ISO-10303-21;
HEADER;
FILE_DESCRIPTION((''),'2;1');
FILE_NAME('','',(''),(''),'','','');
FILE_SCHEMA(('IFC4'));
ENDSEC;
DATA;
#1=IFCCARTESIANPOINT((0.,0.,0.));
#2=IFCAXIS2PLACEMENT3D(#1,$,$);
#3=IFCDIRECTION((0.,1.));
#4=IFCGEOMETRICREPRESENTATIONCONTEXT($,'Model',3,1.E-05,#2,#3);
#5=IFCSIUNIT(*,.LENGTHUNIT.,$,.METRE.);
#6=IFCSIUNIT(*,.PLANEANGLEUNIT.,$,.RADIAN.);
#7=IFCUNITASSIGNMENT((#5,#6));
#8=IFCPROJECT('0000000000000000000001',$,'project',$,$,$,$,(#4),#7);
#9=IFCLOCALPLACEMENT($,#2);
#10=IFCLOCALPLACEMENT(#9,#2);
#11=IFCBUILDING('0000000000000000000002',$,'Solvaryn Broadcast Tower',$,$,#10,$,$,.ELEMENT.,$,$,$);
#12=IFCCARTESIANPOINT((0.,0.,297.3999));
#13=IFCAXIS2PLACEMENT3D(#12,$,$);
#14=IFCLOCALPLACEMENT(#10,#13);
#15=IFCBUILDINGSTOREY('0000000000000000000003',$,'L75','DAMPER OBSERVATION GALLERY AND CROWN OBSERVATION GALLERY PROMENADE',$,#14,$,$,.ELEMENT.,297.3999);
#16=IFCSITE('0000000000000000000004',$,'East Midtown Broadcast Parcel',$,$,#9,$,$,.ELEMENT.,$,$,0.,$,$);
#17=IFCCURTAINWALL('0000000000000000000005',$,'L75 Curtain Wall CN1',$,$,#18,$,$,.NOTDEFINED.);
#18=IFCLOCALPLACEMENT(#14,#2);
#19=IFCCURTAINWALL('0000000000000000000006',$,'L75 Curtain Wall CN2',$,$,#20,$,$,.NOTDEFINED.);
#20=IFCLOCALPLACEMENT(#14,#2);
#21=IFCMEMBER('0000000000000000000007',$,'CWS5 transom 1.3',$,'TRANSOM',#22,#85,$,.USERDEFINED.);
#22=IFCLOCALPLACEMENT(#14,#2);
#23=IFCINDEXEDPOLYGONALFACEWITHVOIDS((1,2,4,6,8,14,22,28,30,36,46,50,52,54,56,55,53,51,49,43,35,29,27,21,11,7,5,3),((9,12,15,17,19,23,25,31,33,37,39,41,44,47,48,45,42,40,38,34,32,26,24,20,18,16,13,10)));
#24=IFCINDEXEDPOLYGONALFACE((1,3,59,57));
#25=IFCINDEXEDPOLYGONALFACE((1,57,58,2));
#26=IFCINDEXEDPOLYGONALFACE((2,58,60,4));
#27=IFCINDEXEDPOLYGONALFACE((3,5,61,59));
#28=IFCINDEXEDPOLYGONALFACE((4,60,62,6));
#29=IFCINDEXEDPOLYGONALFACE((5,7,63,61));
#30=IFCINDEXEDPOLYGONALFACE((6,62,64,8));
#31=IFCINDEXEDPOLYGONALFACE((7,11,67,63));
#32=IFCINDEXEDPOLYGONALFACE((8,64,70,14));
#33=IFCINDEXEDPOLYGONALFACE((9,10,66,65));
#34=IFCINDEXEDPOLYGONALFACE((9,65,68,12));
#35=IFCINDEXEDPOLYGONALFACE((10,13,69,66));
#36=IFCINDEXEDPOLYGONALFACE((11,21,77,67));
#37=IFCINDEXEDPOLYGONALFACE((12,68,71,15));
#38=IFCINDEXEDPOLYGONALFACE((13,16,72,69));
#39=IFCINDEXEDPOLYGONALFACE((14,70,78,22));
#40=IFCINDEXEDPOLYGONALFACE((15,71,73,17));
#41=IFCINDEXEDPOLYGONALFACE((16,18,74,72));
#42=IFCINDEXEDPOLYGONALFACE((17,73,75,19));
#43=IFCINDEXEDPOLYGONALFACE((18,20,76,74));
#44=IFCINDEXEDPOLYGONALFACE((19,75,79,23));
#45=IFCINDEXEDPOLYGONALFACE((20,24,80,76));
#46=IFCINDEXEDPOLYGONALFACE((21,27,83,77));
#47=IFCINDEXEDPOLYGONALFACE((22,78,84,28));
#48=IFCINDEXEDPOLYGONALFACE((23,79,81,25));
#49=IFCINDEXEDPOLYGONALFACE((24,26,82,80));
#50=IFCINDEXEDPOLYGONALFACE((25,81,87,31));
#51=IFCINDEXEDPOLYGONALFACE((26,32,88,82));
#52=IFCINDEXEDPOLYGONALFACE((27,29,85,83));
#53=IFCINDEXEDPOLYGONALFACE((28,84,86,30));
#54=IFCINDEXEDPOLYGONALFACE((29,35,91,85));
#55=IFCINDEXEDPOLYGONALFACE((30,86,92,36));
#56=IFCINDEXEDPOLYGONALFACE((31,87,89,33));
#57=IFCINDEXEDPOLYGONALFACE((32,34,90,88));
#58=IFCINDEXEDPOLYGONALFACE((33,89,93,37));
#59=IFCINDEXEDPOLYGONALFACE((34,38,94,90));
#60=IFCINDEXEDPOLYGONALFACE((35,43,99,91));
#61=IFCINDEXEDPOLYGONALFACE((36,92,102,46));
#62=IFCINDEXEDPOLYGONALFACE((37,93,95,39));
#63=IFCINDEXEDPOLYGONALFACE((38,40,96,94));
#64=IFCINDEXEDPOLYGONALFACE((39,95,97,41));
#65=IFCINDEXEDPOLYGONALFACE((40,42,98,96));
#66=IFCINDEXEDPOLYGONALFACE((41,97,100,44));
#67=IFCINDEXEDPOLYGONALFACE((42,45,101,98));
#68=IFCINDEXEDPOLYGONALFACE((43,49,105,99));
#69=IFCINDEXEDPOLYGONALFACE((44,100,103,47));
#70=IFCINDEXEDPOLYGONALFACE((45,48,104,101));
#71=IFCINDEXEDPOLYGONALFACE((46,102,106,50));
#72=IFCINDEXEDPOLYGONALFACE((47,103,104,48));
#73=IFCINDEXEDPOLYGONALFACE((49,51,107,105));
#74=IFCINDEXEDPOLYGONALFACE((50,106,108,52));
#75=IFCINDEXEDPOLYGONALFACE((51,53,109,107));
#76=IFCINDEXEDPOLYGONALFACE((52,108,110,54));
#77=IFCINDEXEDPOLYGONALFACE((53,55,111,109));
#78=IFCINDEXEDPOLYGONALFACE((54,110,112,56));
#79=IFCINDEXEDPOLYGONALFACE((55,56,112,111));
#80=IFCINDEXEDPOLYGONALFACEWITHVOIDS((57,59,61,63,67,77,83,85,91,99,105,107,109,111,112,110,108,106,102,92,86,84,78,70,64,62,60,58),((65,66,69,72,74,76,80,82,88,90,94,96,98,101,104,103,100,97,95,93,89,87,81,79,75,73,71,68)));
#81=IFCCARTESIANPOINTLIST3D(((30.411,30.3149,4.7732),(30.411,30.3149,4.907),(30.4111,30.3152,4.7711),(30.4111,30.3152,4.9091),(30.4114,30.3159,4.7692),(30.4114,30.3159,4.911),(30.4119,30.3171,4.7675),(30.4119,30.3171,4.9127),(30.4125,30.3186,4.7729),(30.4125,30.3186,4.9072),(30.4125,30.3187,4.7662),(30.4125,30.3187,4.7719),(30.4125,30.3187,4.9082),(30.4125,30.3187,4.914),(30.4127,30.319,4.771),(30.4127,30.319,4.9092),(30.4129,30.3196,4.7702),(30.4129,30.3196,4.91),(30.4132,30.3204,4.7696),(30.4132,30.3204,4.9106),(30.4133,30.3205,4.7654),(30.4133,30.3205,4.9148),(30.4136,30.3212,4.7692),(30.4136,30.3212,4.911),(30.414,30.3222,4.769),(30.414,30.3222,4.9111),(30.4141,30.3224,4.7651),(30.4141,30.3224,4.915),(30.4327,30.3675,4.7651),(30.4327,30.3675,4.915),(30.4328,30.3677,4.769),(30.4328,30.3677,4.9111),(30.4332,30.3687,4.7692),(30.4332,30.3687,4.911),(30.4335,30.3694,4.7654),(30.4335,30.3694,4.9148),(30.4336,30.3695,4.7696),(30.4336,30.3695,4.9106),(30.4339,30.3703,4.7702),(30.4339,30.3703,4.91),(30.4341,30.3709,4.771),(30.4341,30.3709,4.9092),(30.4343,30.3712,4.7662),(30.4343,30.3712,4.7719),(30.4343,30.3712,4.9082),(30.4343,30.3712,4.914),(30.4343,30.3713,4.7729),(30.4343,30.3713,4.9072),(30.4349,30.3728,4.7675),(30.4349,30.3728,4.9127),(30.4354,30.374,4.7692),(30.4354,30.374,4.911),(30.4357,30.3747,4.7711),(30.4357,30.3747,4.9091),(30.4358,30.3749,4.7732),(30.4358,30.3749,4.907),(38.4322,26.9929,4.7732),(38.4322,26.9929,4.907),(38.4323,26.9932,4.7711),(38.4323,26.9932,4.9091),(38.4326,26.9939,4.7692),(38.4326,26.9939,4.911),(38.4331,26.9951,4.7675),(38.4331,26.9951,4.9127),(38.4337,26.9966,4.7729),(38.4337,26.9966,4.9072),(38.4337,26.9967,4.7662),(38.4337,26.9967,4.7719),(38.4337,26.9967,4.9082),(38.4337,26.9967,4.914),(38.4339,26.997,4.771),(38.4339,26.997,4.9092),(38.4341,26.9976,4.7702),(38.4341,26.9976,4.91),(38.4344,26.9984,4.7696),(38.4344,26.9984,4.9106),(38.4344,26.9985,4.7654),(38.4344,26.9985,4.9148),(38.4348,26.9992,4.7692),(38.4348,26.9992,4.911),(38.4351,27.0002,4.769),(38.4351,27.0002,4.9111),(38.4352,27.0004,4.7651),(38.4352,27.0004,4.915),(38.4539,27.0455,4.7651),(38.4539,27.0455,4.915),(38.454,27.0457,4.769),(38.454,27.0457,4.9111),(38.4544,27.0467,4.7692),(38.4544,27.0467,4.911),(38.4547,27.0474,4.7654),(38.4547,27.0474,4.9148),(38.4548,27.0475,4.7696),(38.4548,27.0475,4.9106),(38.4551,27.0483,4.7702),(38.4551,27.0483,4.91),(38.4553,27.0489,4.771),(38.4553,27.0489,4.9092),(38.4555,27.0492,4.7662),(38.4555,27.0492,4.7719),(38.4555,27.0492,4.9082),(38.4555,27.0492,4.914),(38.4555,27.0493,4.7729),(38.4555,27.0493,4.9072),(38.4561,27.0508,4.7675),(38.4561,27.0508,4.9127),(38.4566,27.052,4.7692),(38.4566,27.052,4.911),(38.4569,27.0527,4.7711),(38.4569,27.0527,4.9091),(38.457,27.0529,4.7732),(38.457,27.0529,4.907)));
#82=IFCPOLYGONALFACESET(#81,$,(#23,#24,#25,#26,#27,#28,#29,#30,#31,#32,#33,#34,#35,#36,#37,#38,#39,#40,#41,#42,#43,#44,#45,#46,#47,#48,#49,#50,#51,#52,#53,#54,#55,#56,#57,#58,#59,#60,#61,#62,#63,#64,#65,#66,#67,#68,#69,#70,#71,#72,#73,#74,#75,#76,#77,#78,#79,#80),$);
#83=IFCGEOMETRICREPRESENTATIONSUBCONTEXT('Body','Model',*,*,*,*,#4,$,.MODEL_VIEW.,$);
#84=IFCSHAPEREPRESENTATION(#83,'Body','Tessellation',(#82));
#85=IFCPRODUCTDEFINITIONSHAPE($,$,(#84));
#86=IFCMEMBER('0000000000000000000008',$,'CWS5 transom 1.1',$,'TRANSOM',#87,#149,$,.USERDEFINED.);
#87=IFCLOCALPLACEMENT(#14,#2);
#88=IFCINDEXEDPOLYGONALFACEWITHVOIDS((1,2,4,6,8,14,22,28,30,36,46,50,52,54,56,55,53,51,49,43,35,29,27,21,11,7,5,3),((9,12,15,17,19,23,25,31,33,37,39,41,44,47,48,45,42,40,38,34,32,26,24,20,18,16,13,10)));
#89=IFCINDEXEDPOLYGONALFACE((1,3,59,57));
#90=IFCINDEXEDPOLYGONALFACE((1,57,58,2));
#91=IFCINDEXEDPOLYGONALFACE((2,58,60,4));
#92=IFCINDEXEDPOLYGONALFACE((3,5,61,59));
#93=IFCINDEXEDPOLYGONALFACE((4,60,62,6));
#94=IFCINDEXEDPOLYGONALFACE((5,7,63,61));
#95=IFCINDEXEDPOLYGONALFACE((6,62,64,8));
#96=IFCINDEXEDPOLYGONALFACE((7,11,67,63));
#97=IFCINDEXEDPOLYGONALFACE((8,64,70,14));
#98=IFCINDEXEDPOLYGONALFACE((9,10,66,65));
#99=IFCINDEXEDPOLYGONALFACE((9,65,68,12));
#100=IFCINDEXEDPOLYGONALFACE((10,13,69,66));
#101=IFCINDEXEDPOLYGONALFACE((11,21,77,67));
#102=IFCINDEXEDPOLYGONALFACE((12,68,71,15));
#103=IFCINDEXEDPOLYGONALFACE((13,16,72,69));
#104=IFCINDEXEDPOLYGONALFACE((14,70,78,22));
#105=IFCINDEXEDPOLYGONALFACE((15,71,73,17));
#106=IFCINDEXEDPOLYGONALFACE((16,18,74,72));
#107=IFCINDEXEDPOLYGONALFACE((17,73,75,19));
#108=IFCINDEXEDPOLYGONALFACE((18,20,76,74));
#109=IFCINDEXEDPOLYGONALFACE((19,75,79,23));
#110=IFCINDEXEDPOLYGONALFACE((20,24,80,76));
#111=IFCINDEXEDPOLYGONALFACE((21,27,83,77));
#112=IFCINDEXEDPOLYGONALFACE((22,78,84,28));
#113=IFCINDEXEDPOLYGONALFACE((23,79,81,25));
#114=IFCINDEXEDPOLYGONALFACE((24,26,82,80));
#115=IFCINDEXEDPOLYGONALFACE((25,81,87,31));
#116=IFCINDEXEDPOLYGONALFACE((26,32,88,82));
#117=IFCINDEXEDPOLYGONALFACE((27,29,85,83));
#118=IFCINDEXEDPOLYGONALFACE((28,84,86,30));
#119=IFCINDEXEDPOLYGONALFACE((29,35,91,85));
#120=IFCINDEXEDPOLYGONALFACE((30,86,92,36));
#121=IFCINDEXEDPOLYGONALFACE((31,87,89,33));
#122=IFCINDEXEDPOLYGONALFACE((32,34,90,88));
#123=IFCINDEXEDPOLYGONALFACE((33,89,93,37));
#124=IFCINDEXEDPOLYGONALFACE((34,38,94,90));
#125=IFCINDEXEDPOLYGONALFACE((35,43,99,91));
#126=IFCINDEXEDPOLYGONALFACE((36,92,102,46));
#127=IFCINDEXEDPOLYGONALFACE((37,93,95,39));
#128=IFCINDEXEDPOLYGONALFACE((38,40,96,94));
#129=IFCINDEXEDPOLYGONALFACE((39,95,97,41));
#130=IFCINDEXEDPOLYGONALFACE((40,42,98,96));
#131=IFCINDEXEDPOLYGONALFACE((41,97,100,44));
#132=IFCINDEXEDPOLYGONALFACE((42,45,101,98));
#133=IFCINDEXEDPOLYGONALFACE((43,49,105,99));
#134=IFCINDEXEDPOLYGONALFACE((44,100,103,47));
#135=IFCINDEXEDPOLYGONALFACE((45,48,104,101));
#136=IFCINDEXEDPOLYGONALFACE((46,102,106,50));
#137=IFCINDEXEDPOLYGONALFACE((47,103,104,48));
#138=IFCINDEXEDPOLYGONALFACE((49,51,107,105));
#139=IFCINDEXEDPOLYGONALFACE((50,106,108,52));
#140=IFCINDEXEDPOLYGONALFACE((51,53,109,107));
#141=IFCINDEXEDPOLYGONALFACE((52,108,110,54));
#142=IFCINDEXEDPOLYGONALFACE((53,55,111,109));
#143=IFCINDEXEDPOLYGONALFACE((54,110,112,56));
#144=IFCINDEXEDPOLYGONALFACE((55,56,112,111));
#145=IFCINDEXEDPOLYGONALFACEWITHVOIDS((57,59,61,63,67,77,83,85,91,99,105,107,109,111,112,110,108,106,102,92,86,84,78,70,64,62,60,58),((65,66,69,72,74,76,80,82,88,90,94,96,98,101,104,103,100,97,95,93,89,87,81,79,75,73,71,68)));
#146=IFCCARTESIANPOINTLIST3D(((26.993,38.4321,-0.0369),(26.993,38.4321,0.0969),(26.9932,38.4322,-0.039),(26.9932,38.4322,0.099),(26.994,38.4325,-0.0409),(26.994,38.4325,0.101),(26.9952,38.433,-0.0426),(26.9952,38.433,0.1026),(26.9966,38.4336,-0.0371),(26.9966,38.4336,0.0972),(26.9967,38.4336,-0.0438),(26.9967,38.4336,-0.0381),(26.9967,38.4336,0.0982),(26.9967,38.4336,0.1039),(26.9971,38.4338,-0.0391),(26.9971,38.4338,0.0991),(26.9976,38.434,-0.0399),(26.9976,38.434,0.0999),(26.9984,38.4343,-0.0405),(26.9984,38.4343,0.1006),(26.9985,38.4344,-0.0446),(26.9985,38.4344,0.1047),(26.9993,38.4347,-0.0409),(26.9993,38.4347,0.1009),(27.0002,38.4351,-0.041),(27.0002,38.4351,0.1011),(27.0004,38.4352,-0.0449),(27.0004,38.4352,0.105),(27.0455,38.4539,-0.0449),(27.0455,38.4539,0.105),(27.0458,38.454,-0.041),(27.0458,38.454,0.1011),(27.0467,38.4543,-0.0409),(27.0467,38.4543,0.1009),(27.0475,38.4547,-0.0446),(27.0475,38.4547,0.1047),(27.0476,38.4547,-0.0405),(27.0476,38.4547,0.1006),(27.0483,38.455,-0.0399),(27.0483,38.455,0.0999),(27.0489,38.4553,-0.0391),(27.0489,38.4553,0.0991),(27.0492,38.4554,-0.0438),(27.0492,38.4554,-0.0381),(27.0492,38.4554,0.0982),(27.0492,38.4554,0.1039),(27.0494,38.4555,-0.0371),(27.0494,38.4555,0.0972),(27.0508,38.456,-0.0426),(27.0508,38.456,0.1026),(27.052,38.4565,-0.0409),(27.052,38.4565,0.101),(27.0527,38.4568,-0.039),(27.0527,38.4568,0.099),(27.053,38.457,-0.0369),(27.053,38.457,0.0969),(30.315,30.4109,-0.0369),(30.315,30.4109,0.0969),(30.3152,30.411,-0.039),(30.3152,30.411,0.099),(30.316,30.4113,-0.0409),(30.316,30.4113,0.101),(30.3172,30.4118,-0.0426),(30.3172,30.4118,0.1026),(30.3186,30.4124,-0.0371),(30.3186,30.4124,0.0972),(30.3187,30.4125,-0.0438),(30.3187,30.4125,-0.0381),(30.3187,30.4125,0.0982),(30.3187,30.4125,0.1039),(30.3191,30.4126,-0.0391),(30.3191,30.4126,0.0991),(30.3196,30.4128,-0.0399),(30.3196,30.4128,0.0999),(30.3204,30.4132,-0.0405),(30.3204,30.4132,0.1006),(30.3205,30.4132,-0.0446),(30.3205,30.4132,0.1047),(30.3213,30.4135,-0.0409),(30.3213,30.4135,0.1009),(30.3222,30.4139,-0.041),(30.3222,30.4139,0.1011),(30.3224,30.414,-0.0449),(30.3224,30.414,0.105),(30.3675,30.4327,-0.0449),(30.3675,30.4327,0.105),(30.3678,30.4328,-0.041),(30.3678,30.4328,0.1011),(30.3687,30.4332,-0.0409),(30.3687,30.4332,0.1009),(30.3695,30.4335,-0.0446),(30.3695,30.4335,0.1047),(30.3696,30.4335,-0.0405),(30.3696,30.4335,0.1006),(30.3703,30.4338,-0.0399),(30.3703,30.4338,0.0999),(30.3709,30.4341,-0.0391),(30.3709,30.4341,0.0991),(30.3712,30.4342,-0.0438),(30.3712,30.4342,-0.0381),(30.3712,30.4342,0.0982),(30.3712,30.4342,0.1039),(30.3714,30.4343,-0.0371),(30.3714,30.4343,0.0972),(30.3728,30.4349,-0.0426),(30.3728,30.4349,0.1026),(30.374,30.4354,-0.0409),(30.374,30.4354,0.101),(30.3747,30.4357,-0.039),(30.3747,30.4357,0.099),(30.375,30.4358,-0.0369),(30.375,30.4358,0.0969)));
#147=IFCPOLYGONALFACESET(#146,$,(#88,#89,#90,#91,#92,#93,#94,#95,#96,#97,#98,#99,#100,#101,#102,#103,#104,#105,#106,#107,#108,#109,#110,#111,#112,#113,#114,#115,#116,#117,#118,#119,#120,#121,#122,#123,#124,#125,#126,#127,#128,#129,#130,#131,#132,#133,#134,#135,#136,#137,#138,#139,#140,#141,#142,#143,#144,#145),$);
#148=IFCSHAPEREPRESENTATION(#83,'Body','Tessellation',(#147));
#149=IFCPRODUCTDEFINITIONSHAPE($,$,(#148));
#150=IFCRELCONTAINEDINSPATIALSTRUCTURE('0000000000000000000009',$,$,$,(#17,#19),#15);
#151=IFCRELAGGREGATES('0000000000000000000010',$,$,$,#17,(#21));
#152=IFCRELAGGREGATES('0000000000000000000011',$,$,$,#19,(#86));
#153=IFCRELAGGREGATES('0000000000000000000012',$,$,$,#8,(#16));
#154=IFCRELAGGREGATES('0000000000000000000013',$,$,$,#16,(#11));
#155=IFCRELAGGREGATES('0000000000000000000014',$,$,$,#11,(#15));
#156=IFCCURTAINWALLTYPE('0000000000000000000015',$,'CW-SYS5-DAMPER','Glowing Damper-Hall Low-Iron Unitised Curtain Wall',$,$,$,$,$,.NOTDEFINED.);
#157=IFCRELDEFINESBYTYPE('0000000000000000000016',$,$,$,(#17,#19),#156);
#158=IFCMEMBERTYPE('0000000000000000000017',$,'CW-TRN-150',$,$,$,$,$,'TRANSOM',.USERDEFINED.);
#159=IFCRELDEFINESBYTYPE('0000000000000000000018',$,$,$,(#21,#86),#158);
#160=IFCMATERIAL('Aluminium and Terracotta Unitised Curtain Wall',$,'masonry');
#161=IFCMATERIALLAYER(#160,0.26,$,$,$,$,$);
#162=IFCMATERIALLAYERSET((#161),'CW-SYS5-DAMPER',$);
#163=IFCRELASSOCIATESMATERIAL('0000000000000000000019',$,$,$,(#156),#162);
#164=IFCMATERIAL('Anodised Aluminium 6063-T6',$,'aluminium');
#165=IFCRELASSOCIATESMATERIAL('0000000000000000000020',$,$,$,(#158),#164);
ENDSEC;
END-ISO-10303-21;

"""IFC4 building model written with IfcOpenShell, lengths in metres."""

from ifc_helpers import new_model, si_unit, direction, frame, origin, origin_2d, place, context, subcontext, project, spatial, hollow_rectangle, extrude, material, layer, layer_set, material_profile, profile_set, type_object, element, aggregate, save


model = new_model("IFC4")

# Units and contexts
model_context = context("Model", 3, precision=1e-05, world=origin(), true_north=direction((0.0, 1.0)))
body_context = subcontext(model_context, "Body", "Model", "MODEL_VIEW")
ifc_project = project(units=[si_unit("LENGTHUNIT", "METRE"), si_unit("PLANEANGLEUNIT", "RADIAN")], contexts=[model_context])

# Site, building, storey
site_placement = place(None, origin())
site = spatial("IfcSite", under=ifc_project, at=site_placement, Name="East Midtown Broadcast Parcel", CompositionType="ELEMENT", RefElevation=0.0)
building_placement = place(site_placement, origin())
building = spatial("IfcBuilding", under=site, at=building_placement, Name="Solvaryn Broadcast Tower", CompositionType="ELEMENT")
storey_placement = place(building_placement, frame((0.0, 0.0, 297.3999)))
storey = spatial("IfcBuildingStorey", under=building, at=storey_placement, Name="L75", Description="DAMPER OBSERVATION GALLERY AND CROWN OBSERVATION GALLERY PROMENADE", CompositionType="ELEMENT", Elevation=297.3999)

# Shared definitions
ifc_material_1 = material(Name="Aluminium and Terracotta Unitised Curtain Wall", Category="masonry")
ifc_layer_1 = layer(ifc_material_1, 0.26)
ifc_layer_set_1 = layer_set([ifc_layer_1], Name="CW-SYS5-DAMPER")
curtain_wall_type = type_object("IfcCurtainWallType", Name="CW-SYS5-DAMPER", Description="Glowing Damper-Hall Low-Iron Unitised Curtain Wall", PredefinedType="NOTDEFINED", material=ifc_layer_set_1)

# Curtain walls
curtain_wall_1_placement = place(storey_placement, origin())
curtain_wall_1 = element("IfcCurtainWall", 1, at=curtain_wall_1_placement, inside=storey, type_object=curtain_wall_type, Name="L75 Curtain Wall CN1", PredefinedType="NOTDEFINED")
curtain_wall_2_placement = place(storey_placement, origin())
curtain_wall_2 = element("IfcCurtainWall", 2, at=curtain_wall_2_placement, inside=storey, type_object=curtain_wall_type, Name="L75 Curtain Wall CN2", PredefinedType="NOTDEFINED")

# Members
ifc_material_2 = material(Name="Anodised Aluminium 6063-T6", Category="aluminium")
ifc_material_profile_1 = material_profile(ifc_material_2, hollow_rectangle(XDim=0.0649, YDim=0.1499, WallThickness=0.0039, InnerFilletRadius=0.0039, OuterFilletRadius=0.0081, at=origin_2d()))
ifc_profile_set_1 = profile_set([ifc_material_profile_1], Name="Anodised Aluminium 6063-T6")
member_type_1 = type_object("IfcMemberType", Name="CW-TRN-150", ElementType="TRANSOM", PredefinedType="USERDEFINED", material=ifc_profile_set_1)
member_1_placement = place(storey_placement, frame((38.4446, 27.0229, 4.8401), z_axis=(-0.923899, 0.382636, 0.0), x_axis=(-0.382636, -0.923899, 0.0)))
member_1 = element("IfcMember", 3, at=member_1_placement, type_object=member_type_1, Name="CWS5 transom 1.3", ObjectType="TRANSOM", PredefinedType="USERDEFINED", context=body_context, shape_type="SweptSolid", body=[
    extrude(hollow_rectangle(XDim=0.0649, YDim=0.1499, WallThickness=0.0039, InnerFilletRadius=0.0039, OuterFilletRadius=0.0081, at=origin_2d()), origin(), (0.0, 0.0, 1.0), 8.6819),
])
member_2_placement = place(storey_placement, frame((30.345, 30.4233, 0.03), z_axis=(-0.382636, 0.923899, 0.0), x_axis=(-0.923899, -0.382636, 0.0)))
member_2 = element("IfcMember", 4, at=member_2_placement, type_object=member_type_1, Name="CWS5 transom 1.1", ObjectType="TRANSOM", PredefinedType="USERDEFINED", context=body_context, shape_type="SweptSolid", body=[
    extrude(hollow_rectangle(XDim=0.0649, YDim=0.1499, WallThickness=0.0039, InnerFilletRadius=0.0039, OuterFilletRadius=0.0081, at=origin_2d()), origin(), (0.0, 0.0, 1.0), 8.6819),
])

aggregate(curtain_wall_1, [member_1])
aggregate(curtain_wall_2, [member_2])

save(model, "model.ifc")
